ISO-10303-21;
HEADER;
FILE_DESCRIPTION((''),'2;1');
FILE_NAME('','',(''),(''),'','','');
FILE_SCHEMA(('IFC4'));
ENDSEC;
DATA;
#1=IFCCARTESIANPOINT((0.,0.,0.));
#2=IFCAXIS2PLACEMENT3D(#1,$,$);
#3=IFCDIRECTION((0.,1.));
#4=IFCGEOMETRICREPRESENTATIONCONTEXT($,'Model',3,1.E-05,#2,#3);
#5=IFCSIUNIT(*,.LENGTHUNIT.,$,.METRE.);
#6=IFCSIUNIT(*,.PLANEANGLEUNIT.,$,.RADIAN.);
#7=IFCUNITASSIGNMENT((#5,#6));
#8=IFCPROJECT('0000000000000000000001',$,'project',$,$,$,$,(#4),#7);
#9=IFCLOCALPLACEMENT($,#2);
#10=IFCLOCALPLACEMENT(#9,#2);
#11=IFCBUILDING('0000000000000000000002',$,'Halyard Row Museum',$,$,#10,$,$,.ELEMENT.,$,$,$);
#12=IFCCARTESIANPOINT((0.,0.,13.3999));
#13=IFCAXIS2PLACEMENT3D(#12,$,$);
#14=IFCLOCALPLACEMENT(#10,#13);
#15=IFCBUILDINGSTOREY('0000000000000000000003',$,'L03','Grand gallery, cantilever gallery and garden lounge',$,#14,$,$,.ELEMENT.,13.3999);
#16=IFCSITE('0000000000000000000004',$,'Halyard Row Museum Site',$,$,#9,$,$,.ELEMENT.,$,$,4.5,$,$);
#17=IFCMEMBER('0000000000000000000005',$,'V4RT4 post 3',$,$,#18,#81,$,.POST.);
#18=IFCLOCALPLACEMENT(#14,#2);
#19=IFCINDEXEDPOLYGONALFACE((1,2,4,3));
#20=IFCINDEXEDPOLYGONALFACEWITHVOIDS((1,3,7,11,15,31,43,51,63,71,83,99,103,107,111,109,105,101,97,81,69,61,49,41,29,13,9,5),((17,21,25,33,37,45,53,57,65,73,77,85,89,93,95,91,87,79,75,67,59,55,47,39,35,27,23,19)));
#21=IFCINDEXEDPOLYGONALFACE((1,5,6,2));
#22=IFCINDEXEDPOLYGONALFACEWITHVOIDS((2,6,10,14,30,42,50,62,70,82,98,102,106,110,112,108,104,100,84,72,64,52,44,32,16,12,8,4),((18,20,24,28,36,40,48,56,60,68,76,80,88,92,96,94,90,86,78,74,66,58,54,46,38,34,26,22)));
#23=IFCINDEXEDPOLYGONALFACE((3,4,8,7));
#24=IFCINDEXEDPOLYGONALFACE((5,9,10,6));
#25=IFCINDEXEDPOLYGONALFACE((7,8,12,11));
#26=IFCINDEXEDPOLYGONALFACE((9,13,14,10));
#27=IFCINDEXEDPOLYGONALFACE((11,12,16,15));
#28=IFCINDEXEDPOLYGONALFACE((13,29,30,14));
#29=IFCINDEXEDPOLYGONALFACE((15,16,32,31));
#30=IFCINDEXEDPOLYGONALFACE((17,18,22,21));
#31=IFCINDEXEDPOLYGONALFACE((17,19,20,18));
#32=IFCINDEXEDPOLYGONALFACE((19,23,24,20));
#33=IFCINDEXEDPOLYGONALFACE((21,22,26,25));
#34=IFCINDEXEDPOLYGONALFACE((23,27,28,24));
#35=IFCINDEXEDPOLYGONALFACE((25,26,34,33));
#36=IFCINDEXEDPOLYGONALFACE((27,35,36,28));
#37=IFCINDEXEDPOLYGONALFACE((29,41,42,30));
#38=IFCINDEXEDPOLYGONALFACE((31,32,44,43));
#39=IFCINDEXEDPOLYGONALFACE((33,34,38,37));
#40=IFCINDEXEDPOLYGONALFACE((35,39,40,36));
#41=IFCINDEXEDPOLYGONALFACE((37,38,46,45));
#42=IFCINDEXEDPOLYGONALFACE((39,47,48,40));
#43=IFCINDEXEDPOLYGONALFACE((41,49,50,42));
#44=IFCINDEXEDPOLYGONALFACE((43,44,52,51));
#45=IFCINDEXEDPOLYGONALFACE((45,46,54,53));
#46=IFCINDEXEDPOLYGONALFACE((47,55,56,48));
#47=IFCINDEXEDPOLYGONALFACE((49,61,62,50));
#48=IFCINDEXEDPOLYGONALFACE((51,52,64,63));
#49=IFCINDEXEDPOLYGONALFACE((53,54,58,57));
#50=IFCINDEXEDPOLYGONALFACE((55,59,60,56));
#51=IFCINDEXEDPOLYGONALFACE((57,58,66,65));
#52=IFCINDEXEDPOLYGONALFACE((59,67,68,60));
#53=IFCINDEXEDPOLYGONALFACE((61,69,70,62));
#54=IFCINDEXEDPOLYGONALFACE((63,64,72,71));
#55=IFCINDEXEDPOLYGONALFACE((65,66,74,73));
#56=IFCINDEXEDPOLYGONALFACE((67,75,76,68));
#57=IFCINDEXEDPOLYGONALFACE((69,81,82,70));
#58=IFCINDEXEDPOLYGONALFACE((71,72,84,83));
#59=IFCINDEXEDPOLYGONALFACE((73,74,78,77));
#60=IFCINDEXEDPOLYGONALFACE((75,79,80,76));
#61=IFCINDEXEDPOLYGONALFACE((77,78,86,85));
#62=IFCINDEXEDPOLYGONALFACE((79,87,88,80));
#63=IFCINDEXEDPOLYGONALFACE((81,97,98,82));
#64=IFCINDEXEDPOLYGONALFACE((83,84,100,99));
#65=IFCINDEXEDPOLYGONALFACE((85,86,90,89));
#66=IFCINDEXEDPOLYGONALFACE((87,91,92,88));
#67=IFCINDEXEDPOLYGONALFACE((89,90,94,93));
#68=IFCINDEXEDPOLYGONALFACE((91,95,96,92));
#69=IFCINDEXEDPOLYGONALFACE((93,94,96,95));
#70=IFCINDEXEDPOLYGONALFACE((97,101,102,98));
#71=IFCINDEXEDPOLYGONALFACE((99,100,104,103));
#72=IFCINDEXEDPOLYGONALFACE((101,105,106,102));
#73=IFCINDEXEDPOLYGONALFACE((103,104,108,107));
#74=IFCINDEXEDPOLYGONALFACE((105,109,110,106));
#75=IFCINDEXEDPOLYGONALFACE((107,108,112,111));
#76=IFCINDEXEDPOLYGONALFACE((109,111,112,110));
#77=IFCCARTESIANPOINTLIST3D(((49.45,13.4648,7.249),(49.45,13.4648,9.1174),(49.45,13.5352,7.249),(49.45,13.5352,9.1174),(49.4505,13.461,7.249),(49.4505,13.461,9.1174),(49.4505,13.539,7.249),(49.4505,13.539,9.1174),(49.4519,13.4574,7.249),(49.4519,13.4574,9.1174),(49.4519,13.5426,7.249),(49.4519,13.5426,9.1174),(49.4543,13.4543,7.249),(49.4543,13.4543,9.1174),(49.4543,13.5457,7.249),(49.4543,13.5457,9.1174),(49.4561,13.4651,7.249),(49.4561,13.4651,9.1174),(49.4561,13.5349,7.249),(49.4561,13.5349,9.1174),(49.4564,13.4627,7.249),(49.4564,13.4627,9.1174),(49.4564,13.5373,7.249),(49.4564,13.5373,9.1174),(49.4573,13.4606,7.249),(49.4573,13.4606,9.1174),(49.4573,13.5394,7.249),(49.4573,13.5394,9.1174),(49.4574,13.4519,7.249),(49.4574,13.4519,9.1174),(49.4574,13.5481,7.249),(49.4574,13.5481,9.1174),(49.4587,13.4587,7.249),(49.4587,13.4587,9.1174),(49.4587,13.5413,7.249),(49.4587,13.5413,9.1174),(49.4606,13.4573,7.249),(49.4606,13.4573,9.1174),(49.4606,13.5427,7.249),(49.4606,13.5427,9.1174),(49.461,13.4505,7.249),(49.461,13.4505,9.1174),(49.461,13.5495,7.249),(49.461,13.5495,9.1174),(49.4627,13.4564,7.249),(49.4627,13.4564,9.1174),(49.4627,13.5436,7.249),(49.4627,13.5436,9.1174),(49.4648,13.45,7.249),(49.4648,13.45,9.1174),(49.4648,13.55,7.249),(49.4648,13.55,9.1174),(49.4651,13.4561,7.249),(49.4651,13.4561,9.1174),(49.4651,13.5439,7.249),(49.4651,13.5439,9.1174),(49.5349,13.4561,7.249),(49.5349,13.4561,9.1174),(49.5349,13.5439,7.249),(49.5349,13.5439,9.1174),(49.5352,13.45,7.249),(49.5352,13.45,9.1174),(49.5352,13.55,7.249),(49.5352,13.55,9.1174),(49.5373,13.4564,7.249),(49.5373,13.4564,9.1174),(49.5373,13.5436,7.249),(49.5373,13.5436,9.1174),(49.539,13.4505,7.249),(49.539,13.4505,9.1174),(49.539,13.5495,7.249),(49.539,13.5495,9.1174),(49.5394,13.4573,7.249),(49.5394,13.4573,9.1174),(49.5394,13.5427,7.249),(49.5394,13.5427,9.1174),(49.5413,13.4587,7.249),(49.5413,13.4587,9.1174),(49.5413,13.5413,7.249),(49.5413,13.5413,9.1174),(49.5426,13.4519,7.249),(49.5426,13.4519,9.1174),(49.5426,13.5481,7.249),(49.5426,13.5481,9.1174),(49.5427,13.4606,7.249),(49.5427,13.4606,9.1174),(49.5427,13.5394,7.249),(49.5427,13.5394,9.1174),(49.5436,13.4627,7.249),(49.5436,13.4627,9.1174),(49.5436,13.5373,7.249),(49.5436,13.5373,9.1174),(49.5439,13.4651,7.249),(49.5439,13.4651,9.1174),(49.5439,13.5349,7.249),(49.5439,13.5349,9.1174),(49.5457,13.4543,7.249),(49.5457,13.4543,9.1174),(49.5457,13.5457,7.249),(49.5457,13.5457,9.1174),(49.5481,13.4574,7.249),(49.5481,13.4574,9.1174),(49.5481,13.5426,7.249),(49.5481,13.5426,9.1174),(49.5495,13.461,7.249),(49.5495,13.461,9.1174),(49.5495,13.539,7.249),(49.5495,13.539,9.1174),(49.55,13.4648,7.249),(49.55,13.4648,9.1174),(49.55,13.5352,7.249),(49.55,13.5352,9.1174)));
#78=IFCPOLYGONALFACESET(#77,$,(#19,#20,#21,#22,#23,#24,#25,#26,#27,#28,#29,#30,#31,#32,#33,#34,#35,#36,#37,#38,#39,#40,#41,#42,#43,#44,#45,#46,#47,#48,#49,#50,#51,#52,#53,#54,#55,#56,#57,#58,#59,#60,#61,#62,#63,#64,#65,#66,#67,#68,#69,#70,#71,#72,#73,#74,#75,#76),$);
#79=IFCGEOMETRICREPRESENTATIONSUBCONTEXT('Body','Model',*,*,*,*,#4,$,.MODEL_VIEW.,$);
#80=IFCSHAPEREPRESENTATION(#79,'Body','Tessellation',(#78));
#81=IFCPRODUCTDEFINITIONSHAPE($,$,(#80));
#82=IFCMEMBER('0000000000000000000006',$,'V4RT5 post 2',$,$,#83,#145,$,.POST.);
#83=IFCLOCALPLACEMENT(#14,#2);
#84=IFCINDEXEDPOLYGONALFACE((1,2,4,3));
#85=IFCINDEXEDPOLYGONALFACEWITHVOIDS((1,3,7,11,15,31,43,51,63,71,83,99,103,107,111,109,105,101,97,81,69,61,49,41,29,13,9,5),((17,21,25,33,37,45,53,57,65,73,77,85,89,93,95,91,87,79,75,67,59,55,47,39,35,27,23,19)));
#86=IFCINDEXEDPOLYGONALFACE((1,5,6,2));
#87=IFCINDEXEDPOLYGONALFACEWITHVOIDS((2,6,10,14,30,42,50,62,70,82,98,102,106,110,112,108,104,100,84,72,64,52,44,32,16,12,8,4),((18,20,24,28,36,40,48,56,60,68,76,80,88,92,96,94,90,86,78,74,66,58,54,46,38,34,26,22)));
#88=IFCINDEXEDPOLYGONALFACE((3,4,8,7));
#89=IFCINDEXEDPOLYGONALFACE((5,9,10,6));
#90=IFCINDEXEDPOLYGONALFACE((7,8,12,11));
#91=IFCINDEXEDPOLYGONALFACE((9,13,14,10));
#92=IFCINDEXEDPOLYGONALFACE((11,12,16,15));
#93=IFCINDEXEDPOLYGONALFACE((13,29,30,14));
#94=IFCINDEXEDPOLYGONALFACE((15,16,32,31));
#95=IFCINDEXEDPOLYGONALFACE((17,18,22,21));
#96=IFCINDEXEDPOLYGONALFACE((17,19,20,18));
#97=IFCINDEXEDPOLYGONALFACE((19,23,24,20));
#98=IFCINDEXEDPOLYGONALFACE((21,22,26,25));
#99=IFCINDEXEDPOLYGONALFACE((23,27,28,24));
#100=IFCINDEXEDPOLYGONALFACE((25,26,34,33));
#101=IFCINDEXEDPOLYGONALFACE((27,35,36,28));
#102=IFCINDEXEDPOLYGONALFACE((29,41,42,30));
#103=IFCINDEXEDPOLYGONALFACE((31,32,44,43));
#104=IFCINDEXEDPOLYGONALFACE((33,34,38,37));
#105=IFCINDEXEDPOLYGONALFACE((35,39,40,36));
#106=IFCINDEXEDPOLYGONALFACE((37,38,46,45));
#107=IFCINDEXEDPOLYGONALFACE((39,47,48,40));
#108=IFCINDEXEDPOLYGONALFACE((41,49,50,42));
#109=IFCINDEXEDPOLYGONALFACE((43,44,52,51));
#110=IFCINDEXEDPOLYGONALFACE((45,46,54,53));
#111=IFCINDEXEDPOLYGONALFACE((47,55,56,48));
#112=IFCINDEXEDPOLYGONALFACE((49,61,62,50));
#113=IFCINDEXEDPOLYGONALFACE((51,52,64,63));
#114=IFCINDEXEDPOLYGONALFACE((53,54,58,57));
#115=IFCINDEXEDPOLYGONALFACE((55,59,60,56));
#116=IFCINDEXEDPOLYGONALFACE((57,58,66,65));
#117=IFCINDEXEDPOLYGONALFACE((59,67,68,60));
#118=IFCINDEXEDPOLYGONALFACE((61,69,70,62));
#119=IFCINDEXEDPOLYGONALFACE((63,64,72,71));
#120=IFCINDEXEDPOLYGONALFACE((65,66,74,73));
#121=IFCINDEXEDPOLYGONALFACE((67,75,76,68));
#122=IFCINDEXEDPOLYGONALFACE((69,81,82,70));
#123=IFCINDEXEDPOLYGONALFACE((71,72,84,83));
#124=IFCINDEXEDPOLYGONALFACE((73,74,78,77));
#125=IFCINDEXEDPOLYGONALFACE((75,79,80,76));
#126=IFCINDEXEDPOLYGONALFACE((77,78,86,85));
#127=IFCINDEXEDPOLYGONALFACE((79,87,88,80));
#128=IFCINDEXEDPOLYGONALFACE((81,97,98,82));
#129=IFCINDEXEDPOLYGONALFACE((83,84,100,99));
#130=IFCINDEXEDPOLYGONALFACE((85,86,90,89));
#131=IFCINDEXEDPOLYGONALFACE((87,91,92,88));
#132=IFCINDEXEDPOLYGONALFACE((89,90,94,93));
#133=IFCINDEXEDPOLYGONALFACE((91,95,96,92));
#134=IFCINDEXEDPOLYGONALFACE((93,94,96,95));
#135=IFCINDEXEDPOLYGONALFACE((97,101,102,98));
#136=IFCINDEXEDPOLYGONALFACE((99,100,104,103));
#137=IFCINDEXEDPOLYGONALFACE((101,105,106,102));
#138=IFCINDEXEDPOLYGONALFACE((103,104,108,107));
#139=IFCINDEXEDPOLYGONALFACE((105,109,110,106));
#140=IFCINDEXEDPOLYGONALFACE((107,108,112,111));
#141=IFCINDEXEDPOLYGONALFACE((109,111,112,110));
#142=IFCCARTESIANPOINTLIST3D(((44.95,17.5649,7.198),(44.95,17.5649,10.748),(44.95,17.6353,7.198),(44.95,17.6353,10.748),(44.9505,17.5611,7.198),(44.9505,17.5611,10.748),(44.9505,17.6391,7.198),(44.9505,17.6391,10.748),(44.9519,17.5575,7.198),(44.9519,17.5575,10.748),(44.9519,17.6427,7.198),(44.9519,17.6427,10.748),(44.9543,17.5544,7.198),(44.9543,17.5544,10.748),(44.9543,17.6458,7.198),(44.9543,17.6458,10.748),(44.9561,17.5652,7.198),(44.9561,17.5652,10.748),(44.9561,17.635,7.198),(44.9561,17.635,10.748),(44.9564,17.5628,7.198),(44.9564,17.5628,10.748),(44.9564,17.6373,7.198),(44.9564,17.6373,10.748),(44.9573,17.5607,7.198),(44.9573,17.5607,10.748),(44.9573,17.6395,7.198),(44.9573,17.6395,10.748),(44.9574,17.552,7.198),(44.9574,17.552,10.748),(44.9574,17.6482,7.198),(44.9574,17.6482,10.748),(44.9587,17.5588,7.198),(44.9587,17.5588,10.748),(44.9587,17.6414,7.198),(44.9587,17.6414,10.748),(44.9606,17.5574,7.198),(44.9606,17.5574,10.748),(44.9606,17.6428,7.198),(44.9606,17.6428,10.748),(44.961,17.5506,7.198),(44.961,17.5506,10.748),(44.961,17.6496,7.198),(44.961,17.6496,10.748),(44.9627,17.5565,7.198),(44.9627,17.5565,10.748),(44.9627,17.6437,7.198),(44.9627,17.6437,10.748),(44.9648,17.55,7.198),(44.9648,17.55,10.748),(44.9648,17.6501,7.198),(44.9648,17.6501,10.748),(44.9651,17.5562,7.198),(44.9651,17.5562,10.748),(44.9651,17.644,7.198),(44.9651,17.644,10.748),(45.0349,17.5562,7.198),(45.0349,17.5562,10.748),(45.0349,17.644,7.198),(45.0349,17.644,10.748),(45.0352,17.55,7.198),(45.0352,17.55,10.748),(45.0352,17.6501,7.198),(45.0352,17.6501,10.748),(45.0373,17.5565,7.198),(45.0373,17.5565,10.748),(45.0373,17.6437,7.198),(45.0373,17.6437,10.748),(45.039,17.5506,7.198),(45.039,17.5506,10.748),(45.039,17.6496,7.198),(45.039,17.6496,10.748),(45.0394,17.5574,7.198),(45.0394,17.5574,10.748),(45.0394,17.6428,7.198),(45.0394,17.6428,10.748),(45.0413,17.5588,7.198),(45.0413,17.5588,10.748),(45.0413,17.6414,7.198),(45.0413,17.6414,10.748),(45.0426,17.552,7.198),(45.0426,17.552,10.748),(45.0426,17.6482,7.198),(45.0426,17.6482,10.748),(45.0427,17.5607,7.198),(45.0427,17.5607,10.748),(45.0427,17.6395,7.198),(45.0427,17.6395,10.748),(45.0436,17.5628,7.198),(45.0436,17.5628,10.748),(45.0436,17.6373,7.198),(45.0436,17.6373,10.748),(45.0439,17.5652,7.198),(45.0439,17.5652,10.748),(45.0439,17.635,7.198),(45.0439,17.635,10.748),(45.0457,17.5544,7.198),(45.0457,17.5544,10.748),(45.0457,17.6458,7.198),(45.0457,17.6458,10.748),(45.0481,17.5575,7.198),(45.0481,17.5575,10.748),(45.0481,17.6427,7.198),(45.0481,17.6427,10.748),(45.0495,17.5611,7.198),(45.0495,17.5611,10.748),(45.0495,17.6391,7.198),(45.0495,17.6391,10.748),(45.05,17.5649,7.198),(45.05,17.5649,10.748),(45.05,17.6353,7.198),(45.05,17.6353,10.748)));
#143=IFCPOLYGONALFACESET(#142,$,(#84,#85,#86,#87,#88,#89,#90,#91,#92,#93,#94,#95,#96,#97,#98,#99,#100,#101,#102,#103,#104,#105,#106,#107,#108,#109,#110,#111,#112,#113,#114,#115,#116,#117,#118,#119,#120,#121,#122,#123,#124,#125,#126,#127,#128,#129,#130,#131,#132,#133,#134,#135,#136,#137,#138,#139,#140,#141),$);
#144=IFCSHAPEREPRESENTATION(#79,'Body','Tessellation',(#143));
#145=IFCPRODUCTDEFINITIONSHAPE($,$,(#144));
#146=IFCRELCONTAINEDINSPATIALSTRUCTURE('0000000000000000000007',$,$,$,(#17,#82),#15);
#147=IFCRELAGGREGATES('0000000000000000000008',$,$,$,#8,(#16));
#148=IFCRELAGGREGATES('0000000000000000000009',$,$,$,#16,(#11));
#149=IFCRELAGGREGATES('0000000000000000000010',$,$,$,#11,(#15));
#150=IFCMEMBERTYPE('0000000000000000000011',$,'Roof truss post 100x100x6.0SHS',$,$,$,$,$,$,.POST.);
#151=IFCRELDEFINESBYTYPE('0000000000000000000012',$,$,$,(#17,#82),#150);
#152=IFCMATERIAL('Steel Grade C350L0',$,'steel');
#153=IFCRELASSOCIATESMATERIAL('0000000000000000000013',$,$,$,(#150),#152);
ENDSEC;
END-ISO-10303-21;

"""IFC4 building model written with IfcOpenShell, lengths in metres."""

from ifc_helpers import new_model, si_unit, direction, frame, origin, origin_2d, place, context, subcontext, project, spatial, hollow_rectangle, extrude, material, material_profile, profile_set, type_object, element, save


model = new_model("IFC4")

# Units and contexts
model_context = context("Model", 3, precision=1e-05, world=origin(), true_north=direction((0.0, 1.0)))
body_context = subcontext(model_context, "Body", "Model", "MODEL_VIEW")
ifc_project = project(units=[si_unit("LENGTHUNIT", "METRE"), si_unit("PLANEANGLEUNIT", "RADIAN")], contexts=[model_context])

# Site, building, storey
site_placement = place(None, origin())
site = spatial("IfcSite", under=ifc_project, at=site_placement, Name="Halyard Row Museum Site", CompositionType="ELEMENT", RefElevation=4.5)
building_placement = place(site_placement, origin())
building = spatial("IfcBuilding", under=site, at=building_placement, Name="Halyard Row Museum", CompositionType="ELEMENT")
storey_placement = place(building_placement, frame((0.0, 0.0, 13.3999)))
storey = spatial("IfcBuildingStorey", under=building, at=storey_placement, Name="L03", Description="Grand gallery, cantilever gallery and garden lounge", CompositionType="ELEMENT", Elevation=13.3999)

# Members
ifc_material_1 = material(Name="Steel Grade C350L0", Category="steel")
ifc_material_profile_1 = material_profile(ifc_material_1, hollow_rectangle(XDim=0.1001, YDim=0.1001, WallThickness=0.0061, InnerFilletRadius=0.009, OuterFilletRadius=0.0149, at=origin_2d()), Name="100x100x6.0SHS")
ifc_profile_set_1 = profile_set([ifc_material_profile_1], Name="Steel Grade C350L0")
member_type_1 = type_object("IfcMemberType", Name="Roof truss post 100x100x6.0SHS", PredefinedType="POST", material=ifc_profile_set_1)
member_1_placement = place(storey_placement, frame((49.5, 13.5, 7.249), z_axis=(0.0, 0.0, 1.0), x_axis=(1.0, 0.0, 0.0)))
element("IfcMember", 1, at=member_1_placement, inside=storey, type_object=member_type_1, Name="V4RT4 post 3", PredefinedType="POST", context=body_context, shape_type="SweptSolid", body=[
    extrude(hollow_rectangle(XDim=0.1001, YDim=0.1001, WallThickness=0.0061, InnerFilletRadius=0.009, OuterFilletRadius=0.0149, at=origin_2d()), origin(), (0.0, 0.0, 1.0), 1.8684),
])
member_2_placement = place(storey_placement, frame((45.0, 17.6001, 7.198), z_axis=(0.0, 0.0, 1.0), x_axis=(1.0, 0.0, 0.0)))
element("IfcMember", 2, at=member_2_placement, inside=storey, type_object=member_type_1, Name="V4RT5 post 2", PredefinedType="POST", context=body_context, shape_type="SweptSolid", body=[
    extrude(hollow_rectangle(XDim=0.1001, YDim=0.1001, WallThickness=0.0061, InnerFilletRadius=0.009, OuterFilletRadius=0.0149, at=origin_2d()), origin(), (0.0, 0.0, 1.0), 3.55),
])

save(model, "model.ifc")
